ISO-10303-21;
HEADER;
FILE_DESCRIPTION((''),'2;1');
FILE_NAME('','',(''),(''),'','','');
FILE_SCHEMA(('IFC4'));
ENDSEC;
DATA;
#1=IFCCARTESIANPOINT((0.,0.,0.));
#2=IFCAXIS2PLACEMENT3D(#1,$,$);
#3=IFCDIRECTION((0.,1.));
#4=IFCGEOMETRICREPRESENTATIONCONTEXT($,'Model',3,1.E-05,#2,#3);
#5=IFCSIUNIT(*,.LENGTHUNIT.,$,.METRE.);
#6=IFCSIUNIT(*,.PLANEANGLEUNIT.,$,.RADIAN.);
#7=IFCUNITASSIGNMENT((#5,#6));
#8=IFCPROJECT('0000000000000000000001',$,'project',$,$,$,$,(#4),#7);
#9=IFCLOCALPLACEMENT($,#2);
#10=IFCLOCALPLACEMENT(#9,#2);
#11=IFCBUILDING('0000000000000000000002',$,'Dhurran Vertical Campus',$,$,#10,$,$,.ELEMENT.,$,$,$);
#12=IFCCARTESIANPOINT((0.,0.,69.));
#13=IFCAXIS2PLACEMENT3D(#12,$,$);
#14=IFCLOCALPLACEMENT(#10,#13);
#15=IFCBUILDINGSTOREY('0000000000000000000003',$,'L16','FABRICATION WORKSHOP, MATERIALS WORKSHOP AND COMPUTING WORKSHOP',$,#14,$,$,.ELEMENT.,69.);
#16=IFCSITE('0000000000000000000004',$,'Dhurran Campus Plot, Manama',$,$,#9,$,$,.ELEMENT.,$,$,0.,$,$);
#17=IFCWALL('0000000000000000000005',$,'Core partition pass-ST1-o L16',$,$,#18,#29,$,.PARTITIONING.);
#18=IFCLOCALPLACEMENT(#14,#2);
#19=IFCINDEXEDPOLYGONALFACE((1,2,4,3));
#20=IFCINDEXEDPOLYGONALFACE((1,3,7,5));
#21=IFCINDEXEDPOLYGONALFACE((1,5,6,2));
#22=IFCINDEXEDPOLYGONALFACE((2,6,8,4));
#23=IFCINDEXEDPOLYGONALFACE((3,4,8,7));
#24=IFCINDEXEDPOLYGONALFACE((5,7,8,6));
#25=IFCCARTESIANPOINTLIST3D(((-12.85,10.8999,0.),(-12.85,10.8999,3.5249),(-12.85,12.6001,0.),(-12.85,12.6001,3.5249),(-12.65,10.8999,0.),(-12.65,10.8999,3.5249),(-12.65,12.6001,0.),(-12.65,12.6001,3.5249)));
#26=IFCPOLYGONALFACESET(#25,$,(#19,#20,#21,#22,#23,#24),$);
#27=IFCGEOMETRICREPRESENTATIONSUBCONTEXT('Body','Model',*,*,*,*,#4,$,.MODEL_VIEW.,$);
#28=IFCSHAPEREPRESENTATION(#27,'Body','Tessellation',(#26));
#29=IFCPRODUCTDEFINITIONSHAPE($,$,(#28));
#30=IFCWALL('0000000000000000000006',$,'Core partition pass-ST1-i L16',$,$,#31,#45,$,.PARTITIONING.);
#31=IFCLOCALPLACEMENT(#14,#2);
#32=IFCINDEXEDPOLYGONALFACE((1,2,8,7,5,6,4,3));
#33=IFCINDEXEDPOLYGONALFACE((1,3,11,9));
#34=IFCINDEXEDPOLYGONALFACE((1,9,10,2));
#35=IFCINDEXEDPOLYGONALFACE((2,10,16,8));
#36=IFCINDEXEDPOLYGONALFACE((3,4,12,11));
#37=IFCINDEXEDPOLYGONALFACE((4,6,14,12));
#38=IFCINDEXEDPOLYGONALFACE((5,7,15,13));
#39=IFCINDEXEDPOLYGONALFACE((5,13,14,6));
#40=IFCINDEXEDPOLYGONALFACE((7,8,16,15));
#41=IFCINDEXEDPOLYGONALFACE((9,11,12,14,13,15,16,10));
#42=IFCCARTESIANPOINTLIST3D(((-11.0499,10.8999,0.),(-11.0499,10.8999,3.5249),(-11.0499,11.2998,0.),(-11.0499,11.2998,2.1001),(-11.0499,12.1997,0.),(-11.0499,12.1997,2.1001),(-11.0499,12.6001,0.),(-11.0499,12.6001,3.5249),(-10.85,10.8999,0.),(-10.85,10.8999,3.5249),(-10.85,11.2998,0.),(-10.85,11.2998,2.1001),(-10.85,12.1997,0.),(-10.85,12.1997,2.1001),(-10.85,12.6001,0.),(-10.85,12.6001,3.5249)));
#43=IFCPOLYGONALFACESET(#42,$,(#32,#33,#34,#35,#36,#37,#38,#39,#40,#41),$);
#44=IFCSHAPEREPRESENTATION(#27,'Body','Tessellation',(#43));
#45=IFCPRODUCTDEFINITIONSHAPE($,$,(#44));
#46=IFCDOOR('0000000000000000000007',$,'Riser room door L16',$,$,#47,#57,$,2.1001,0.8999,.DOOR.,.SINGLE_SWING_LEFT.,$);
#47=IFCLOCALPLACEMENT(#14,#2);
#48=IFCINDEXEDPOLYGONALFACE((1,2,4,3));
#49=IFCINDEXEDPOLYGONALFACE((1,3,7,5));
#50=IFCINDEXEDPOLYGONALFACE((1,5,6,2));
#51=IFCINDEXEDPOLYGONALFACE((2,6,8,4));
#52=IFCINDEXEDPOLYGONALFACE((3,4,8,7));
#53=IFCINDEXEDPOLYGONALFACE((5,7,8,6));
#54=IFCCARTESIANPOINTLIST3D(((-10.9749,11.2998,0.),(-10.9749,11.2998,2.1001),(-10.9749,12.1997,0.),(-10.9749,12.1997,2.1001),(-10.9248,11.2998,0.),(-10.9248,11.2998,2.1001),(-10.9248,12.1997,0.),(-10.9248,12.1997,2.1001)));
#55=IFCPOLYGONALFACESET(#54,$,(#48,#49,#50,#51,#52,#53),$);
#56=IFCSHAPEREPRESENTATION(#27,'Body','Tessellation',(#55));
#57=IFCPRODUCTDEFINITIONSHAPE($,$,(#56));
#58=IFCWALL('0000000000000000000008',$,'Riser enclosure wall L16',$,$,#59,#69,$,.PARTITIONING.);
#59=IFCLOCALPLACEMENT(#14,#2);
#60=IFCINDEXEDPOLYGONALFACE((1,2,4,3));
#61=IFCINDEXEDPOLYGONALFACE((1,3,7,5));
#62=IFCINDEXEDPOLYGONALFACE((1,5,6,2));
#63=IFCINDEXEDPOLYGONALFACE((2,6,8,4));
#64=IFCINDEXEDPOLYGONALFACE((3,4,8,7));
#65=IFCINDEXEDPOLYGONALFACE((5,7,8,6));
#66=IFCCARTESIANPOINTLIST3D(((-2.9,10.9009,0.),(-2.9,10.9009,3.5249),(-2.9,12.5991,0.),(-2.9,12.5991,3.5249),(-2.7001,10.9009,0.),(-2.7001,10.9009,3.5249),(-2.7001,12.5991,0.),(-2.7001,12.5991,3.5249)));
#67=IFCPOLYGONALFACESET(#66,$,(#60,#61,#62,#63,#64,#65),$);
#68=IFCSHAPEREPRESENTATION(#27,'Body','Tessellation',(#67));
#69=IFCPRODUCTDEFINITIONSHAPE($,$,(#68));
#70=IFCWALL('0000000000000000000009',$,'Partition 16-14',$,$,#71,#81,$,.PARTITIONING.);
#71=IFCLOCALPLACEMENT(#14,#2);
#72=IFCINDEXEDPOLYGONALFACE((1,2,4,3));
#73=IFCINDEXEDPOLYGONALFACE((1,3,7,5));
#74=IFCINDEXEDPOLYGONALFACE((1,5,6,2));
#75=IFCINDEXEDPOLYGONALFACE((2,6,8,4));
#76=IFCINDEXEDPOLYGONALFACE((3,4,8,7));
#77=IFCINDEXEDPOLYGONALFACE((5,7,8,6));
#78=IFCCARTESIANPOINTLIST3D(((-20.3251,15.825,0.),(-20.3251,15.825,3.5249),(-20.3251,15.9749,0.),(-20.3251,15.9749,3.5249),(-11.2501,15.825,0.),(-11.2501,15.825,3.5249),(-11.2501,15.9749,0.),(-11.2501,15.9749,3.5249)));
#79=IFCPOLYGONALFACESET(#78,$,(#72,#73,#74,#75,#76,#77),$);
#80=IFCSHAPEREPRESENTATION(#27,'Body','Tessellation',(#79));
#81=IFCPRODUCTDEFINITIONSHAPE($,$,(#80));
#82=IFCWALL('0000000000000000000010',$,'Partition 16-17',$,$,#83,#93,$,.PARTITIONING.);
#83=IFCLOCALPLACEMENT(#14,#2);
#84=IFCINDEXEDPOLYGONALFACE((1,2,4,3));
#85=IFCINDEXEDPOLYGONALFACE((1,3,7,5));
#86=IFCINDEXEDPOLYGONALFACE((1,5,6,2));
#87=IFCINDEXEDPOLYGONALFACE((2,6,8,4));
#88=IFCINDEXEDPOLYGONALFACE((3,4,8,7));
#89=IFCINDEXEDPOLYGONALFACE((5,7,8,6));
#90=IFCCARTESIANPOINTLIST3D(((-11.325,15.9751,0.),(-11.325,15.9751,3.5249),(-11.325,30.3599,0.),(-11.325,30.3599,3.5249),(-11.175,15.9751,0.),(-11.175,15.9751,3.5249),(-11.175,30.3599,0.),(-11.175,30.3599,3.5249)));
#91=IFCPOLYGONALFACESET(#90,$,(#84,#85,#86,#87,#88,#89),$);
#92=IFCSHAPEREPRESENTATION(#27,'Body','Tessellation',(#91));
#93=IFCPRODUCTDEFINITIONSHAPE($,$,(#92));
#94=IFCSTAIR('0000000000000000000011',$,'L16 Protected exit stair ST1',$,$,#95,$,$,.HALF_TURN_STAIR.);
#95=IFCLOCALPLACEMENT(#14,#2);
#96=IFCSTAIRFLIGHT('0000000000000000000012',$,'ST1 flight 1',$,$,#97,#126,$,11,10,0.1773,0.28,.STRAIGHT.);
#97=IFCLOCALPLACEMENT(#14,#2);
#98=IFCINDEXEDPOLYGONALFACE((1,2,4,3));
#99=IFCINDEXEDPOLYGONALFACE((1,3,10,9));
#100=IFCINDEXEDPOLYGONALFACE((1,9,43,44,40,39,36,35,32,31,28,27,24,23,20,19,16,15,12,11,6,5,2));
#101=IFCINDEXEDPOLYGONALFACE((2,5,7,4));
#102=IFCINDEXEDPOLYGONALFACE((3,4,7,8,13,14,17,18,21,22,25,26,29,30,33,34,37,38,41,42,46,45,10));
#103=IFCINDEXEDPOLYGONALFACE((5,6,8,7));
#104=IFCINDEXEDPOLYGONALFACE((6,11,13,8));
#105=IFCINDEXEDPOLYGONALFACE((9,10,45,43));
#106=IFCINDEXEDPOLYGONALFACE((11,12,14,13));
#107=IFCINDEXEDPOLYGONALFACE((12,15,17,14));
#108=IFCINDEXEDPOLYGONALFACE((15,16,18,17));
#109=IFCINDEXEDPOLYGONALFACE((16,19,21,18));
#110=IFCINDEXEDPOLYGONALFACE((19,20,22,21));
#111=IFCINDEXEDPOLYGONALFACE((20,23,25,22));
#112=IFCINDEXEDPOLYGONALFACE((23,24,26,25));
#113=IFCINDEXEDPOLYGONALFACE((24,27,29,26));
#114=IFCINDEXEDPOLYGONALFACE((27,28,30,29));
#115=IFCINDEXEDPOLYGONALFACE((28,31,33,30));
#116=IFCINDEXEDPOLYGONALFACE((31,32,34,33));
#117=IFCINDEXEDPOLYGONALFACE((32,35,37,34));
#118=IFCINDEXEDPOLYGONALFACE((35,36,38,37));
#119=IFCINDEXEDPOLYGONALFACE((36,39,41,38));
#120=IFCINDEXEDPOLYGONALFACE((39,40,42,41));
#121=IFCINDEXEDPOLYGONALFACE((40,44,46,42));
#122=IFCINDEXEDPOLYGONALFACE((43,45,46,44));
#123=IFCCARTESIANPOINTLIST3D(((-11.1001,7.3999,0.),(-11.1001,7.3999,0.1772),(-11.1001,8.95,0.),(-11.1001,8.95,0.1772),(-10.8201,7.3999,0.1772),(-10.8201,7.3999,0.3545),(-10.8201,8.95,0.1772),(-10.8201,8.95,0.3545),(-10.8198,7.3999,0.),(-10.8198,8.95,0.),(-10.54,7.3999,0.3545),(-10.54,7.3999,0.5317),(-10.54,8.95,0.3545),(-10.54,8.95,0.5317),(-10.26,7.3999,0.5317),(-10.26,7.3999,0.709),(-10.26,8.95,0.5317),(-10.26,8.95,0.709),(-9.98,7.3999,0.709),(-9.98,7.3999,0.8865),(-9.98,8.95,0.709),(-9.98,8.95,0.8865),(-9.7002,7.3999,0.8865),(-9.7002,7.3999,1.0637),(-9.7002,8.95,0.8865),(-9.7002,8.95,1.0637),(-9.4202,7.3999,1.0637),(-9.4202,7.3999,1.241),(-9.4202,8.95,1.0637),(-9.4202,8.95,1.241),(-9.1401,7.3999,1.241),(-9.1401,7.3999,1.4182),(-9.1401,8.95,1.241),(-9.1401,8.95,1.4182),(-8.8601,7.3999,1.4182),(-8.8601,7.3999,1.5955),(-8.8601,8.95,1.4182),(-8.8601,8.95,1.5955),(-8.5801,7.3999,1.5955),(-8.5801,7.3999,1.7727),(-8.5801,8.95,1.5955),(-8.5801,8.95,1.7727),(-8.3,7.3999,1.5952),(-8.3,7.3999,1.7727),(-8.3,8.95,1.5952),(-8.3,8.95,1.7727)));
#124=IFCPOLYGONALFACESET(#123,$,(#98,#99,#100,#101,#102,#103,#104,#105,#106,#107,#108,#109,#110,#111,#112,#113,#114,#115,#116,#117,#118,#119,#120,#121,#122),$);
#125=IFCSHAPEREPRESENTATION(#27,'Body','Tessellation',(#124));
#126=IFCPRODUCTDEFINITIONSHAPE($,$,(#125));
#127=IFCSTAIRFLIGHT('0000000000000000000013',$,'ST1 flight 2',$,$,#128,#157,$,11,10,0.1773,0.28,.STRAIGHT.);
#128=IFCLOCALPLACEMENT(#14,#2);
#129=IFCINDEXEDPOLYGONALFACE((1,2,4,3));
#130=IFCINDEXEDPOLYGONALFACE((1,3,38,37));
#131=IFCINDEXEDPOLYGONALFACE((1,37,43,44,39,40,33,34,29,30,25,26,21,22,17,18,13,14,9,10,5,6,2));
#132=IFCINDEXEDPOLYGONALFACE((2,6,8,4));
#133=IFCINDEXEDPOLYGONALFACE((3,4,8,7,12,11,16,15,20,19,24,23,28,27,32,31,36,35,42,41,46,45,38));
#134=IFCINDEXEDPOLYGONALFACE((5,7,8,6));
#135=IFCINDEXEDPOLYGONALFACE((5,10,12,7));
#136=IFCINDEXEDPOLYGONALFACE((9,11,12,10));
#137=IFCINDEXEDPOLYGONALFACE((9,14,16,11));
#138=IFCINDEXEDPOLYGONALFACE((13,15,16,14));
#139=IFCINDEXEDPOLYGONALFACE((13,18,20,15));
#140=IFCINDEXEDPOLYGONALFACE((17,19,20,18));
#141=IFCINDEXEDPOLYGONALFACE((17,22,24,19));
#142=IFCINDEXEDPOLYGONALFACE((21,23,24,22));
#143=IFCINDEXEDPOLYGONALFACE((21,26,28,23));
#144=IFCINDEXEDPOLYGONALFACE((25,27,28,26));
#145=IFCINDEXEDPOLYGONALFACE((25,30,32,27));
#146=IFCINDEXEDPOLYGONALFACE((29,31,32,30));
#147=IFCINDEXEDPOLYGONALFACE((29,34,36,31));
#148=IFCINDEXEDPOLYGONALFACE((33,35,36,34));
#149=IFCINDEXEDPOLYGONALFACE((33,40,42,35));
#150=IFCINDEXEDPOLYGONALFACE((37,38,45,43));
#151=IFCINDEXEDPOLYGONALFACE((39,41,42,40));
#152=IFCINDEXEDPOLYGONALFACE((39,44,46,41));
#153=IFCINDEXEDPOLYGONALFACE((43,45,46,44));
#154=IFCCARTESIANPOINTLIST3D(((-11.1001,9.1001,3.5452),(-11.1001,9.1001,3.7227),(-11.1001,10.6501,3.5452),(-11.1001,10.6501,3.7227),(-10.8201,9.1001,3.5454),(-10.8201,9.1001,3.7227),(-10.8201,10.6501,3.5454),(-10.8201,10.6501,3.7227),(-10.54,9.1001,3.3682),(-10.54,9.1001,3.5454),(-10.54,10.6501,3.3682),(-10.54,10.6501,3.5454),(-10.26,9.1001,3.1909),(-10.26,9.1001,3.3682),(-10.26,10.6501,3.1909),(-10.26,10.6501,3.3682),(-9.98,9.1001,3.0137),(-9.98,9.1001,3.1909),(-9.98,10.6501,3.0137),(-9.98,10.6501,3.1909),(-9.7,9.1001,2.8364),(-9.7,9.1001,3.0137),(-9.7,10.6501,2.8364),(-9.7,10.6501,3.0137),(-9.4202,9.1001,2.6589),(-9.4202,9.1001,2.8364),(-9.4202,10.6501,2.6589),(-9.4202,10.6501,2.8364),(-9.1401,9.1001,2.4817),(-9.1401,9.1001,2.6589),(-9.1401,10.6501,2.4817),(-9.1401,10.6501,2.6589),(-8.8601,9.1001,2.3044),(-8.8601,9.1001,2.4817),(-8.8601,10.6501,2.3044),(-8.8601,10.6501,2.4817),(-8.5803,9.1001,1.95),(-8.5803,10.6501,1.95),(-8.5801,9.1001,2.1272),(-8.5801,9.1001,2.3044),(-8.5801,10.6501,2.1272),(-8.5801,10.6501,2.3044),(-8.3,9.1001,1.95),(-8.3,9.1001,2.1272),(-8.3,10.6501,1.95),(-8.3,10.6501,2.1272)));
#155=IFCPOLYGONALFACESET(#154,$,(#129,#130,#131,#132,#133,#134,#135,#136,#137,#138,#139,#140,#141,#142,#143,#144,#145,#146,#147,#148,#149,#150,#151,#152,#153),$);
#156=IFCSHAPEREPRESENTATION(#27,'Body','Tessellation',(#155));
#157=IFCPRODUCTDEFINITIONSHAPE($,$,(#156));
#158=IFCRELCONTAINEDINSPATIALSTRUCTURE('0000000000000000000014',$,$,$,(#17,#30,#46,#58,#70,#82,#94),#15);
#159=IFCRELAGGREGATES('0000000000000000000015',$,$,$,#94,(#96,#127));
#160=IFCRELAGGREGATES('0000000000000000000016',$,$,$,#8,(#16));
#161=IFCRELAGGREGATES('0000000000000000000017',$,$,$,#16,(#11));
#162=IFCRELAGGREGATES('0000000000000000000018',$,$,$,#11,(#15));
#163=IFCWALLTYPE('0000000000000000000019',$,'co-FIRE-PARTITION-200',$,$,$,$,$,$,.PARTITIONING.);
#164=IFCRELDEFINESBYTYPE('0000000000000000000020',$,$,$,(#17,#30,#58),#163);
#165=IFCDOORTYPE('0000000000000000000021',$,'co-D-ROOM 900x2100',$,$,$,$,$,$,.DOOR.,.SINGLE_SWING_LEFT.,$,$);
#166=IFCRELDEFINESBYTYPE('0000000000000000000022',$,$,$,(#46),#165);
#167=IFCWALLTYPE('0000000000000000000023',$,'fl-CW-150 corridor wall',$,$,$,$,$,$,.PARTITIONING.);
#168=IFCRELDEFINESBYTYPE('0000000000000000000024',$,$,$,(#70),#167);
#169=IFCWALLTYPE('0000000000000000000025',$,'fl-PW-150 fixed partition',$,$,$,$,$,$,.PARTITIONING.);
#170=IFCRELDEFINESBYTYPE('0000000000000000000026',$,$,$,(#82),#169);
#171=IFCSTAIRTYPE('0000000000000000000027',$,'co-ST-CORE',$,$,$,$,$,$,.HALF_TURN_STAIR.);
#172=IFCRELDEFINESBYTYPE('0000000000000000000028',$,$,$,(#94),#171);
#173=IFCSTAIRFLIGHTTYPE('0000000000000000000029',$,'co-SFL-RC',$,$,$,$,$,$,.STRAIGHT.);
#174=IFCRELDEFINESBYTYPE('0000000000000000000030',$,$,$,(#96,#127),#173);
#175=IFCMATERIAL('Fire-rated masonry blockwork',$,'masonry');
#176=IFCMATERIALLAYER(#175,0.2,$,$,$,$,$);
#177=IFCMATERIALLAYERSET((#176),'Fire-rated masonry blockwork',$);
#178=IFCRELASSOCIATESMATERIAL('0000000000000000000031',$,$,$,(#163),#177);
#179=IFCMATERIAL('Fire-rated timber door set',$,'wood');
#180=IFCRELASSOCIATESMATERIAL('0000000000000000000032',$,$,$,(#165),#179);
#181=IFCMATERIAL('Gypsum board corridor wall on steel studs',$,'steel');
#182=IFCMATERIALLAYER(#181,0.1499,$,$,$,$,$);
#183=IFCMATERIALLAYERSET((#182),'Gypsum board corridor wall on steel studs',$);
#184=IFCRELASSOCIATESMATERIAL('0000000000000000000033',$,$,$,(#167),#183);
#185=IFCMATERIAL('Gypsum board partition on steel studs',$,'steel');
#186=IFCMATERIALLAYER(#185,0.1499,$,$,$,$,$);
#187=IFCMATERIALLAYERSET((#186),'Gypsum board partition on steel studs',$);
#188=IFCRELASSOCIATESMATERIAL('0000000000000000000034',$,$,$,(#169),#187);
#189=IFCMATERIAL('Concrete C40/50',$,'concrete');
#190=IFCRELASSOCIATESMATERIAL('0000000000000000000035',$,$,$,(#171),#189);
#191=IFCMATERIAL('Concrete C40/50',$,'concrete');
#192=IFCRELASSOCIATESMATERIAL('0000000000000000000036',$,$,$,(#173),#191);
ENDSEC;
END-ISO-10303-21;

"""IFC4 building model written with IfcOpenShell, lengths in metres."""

from ifc_helpers import new_model, si_unit, direction, frame, frame_2d, origin, place, context, subcontext, project, spatial, polyline, rectangle, outline, extrude, material, layer, layer_set, type_object, element, fill, aggregate, save


model = new_model("IFC4")

# Units and contexts
model_context = context("Model", 3, precision=1e-05, world=origin(), true_north=direction((0.0, 1.0)))
body_context = subcontext(model_context, "Body", "Model", "MODEL_VIEW")
ifc_project = project(units=[si_unit("LENGTHUNIT", "METRE"), si_unit("PLANEANGLEUNIT", "RADIAN")], contexts=[model_context])

# Site, building, storey
site_placement = place(None, origin())
site = spatial("IfcSite", under=ifc_project, at=site_placement, Name="Dhurran Campus Plot, Manama", CompositionType="ELEMENT", RefElevation=0.0)
building_placement = place(site_placement, origin())
building = spatial("IfcBuilding", under=site, at=building_placement, Name="Dhurran Vertical Campus", CompositionType="ELEMENT")
storey_placement = place(building_placement, frame((0.0, 0.0, 69.0)))
storey = spatial("IfcBuildingStorey", under=building, at=storey_placement, Name="L16", Description="FABRICATION WORKSHOP, MATERIALS WORKSHOP AND COMPUTING WORKSHOP", CompositionType="ELEMENT", Elevation=69.0)

# Wall
ifc_material_1 = material(Name="Fire-rated masonry blockwork", Category="masonry")
ifc_layer_1 = layer(ifc_material_1, 0.2)
ifc_layer_set_1 = layer_set([ifc_layer_1], Name="Fire-rated masonry blockwork")
wall_type_1 = type_object("IfcWallType", Name="co-FIRE-PARTITION-200", PredefinedType="PARTITIONING", material=ifc_layer_set_1)
wall_1_placement = place(storey_placement, frame((-12.75, 10.8999, 0.0), z_axis=(0.0, 0.0, 1.0), x_axis=(0.0, 1.0, 0.0)))
element("IfcWall", 1, at=wall_1_placement, inside=storey, type_object=wall_type_1, Name="Core partition pass-ST1-o L16", PredefinedType="PARTITIONING", context=body_context, shape_type="SweptSolid", body=[
    extrude(rectangle(XDim=1.7002, YDim=0.2, at=frame_2d((0.8501, 0.0))), origin(), (0.0, 0.0, 1.0), 3.5249),
])

# Wall, opening, door
wall_2_placement = place(storey_placement, frame((-10.95, 10.8999, 0.0), z_axis=(0.0, 0.0, 1.0), x_axis=(0.0, 1.0, 0.0)))
wall_2 = element("IfcWall", 2, at=wall_2_placement, inside=storey, type_object=wall_type_1, Name="Core partition pass-ST1-i L16", PredefinedType="PARTITIONING", context=body_context, shape_type="SweptSolid", body=[
    extrude(rectangle(XDim=1.7002, YDim=0.2, at=frame_2d((0.8501, 0.0))), origin(), (0.0, 0.0, 1.0), 3.5249),
])
opening_1_placement = place(wall_2_placement, frame((0.3999, 0.0, 0.0)))
opening_1 = element("IfcOpeningElement", 3, at=opening_1_placement, cuts=wall_2, PredefinedType="OPENING", context=body_context, shape_type="SweptSolid", body=[
    extrude(rectangle(XDim=0.8999, YDim=2.1001, at=frame_2d((0.45, 1.05))), frame((0.0, 0.1099, 0.0), z_axis=(0.0, -1.0, 0.0), x_axis=(1.0, 0.0, 0.0)), (0.0, 0.0, 1.0), 0.22),
])
ifc_material_2 = material(Name="Fire-rated timber door set", Category="wood")
door_type = type_object("IfcDoorType", Name="co-D-ROOM 900x2100", OperationType="SINGLE_SWING_LEFT", PredefinedType="DOOR", material=ifc_material_2)
door_placement = place(opening_1_placement, origin())
door = element("IfcDoor", 4, at=door_placement, inside=storey, type_object=door_type, Name="Riser room door L16", OperationType="SINGLE_SWING_LEFT", OverallHeight=2.1001, OverallWidth=0.8999, PredefinedType="DOOR", context=body_context, shape_type="SweptSolid", body=[
    extrude(rectangle(XDim=0.8999, YDim=2.1001, at=frame_2d((0.45, 1.05))), frame((0.0, 0.0249, 0.0), z_axis=(0.0, -1.0, 0.0), x_axis=(1.0, 0.0, 0.0)), (0.0, 0.0, 1.0), 0.05),
])
fill(opening_1, door)

# Walls
wall_3_placement = place(storey_placement, frame((-2.8, 10.9009, 0.0), z_axis=(0.0, 0.0, 1.0), x_axis=(0.0, 1.0, 0.0)))
element("IfcWall", 5, at=wall_3_placement, inside=storey, type_object=wall_type_1, Name="Riser enclosure wall L16", PredefinedType="PARTITIONING", context=body_context, shape_type="SweptSolid", body=[
    extrude(rectangle(XDim=1.6982, YDim=0.2, at=frame_2d((0.8491, 0.0))), origin(), (0.0, 0.0, 1.0), 3.5249),
])
ifc_material_3 = material(Name="Gypsum board corridor wall on steel studs", Category="steel")
ifc_layer_2 = layer(ifc_material_3, 0.1499)
ifc_layer_set_2 = layer_set([ifc_layer_2], Name="Gypsum board corridor wall on steel studs")
wall_type_2 = type_object("IfcWallType", Name="fl-CW-150 corridor wall", PredefinedType="PARTITIONING", material=ifc_layer_set_2)
wall_4_placement = place(storey_placement, frame((-11.25, 15.8999, 0.0), z_axis=(0.0, 0.0, 1.0), x_axis=(-1.0, 0.0, 0.0)))
element("IfcWall", 6, at=wall_4_placement, inside=storey, type_object=wall_type_2, Name="Partition 16-14", PredefinedType="PARTITIONING", context=body_context, shape_type="SweptSolid", body=[
    extrude(rectangle(XDim=9.075, YDim=0.1499, at=frame_2d((4.5376, 0.0))), origin(), (0.0, 0.0, 1.0), 3.5249),
])
ifc_material_4 = material(Name="Gypsum board partition on steel studs", Category="steel")
ifc_layer_3 = layer(ifc_material_4, 0.1499)
ifc_layer_set_3 = layer_set([ifc_layer_3], Name="Gypsum board partition on steel studs")
wall_type_3 = type_object("IfcWallType", Name="fl-PW-150 fixed partition", PredefinedType="PARTITIONING", material=ifc_layer_set_3)
wall_5_placement = place(storey_placement, frame((-11.25, 30.3599, 0.0), z_axis=(0.0, 0.0, 1.0), x_axis=(0.0, -1.0, 0.0)))
element("IfcWall", 7, at=wall_5_placement, inside=storey, type_object=wall_type_3, Name="Partition 16-17", PredefinedType="PARTITIONING", context=body_context, shape_type="SweptSolid", body=[
    extrude(rectangle(XDim=14.3848, YDim=0.1499, at=frame_2d((7.1924, 0.0))), origin(), (0.0, 0.0, 1.0), 3.5249),
])

# Stair, stair flights
ifc_material_5 = material(Name="Concrete C40/50", Category="concrete")
stair_type = type_object("IfcStairType", Name="co-ST-CORE", PredefinedType="HALF_TURN_STAIR", material=ifc_material_5)
stair_placement = place(storey_placement, origin())
stair = element("IfcStair", 8, at=stair_placement, inside=storey, type_object=stair_type, Name="L16 Protected exit stair ST1", PredefinedType="HALF_TURN_STAIR")
ifc_material_6 = material(Name="Concrete C40/50", Category="concrete")
stair_flight_type = type_object("IfcStairFlightType", Name="co-SFL-RC", PredefinedType="STRAIGHT", material=ifc_material_6)
stair_flight_1_placement = place(storey_placement, frame((-11.1001, 8.175, 0.0), z_axis=(0.0, 0.0, 1.0), x_axis=(1.0, 0.0, 0.0)))
stair_flight_1 = element("IfcStairFlight", 9, at=stair_flight_1_placement, type_object=stair_flight_type, Name="ST1 flight 1", NumberOfRisers=11, NumberOfTreads=10, PredefinedType="STRAIGHT", RiserHeight=0.1773, TreadLength=0.28, context=body_context, shape_type="SweptSolid", body=[
    extrude(outline(polyline([(0.0, 0.0), (0.0, 0.1772), (0.28, 0.1772), (0.28, 0.3545), (0.5601, 0.3545), (0.5601, 0.5317), (0.8401, 0.5317), (0.8401, 0.709), (1.1201, 0.709), (1.1201, 0.8865), (1.3999, 0.8865), (1.3999, 1.0637), (1.6799, 1.0637), (1.6799, 1.241), (1.96, 1.241), (1.96, 1.4182), (2.24, 1.4182), (2.24, 1.5955), (2.52, 1.5955), (2.52, 1.7727), (2.8, 1.7727), (2.8, 1.95), (2.8, 1.5952), (0.2803, 0.0), (0.0, 0.0)])), frame((0.0, 0.7749, 0.0), z_axis=(0.0, -1.0, 0.0), x_axis=(1.0, 0.0, 0.0)), (0.0, 0.0, 1.0), 1.55),
])
stair_flight_2_placement = place(storey_placement, frame((-8.3, 9.875, 1.95), z_axis=(0.0, 0.0, 1.0), x_axis=(-1.0, 0.0, 0.0)))
stair_flight_2 = element("IfcStairFlight", 10, at=stair_flight_2_placement, type_object=stair_flight_type, Name="ST1 flight 2", NumberOfRisers=11, NumberOfTreads=10, PredefinedType="STRAIGHT", RiserHeight=0.1773, TreadLength=0.28, context=body_context, shape_type="SweptSolid", body=[
    extrude(outline(polyline([(0.0, 0.0), (0.0, 0.1772), (0.28, 0.1772), (0.28, 0.3545), (0.5601, 0.3545), (0.5601, 0.5317), (0.8401, 0.5317), (0.8401, 0.709), (1.1201, 0.709), (1.1201, 0.8865), (1.3999, 0.8865), (1.3999, 1.0637), (1.6799, 1.0637), (1.6799, 1.241), (1.96, 1.241), (1.96, 1.4182), (2.24, 1.4182), (2.24, 1.5955), (2.52, 1.5955), (2.52, 1.7727), (2.8, 1.7727), (2.8, 1.95), (2.8, 1.5952), (0.2803, 0.0), (0.0, 0.0)])), frame((0.0, 0.7749, 0.0), z_axis=(0.0, -1.0, 0.0), x_axis=(1.0, 0.0, 0.0)), (0.0, 0.0, 1.0), 1.55),
])
aggregate(stair, [stair_flight_1, stair_flight_2])

save(model, "model.ifc")
